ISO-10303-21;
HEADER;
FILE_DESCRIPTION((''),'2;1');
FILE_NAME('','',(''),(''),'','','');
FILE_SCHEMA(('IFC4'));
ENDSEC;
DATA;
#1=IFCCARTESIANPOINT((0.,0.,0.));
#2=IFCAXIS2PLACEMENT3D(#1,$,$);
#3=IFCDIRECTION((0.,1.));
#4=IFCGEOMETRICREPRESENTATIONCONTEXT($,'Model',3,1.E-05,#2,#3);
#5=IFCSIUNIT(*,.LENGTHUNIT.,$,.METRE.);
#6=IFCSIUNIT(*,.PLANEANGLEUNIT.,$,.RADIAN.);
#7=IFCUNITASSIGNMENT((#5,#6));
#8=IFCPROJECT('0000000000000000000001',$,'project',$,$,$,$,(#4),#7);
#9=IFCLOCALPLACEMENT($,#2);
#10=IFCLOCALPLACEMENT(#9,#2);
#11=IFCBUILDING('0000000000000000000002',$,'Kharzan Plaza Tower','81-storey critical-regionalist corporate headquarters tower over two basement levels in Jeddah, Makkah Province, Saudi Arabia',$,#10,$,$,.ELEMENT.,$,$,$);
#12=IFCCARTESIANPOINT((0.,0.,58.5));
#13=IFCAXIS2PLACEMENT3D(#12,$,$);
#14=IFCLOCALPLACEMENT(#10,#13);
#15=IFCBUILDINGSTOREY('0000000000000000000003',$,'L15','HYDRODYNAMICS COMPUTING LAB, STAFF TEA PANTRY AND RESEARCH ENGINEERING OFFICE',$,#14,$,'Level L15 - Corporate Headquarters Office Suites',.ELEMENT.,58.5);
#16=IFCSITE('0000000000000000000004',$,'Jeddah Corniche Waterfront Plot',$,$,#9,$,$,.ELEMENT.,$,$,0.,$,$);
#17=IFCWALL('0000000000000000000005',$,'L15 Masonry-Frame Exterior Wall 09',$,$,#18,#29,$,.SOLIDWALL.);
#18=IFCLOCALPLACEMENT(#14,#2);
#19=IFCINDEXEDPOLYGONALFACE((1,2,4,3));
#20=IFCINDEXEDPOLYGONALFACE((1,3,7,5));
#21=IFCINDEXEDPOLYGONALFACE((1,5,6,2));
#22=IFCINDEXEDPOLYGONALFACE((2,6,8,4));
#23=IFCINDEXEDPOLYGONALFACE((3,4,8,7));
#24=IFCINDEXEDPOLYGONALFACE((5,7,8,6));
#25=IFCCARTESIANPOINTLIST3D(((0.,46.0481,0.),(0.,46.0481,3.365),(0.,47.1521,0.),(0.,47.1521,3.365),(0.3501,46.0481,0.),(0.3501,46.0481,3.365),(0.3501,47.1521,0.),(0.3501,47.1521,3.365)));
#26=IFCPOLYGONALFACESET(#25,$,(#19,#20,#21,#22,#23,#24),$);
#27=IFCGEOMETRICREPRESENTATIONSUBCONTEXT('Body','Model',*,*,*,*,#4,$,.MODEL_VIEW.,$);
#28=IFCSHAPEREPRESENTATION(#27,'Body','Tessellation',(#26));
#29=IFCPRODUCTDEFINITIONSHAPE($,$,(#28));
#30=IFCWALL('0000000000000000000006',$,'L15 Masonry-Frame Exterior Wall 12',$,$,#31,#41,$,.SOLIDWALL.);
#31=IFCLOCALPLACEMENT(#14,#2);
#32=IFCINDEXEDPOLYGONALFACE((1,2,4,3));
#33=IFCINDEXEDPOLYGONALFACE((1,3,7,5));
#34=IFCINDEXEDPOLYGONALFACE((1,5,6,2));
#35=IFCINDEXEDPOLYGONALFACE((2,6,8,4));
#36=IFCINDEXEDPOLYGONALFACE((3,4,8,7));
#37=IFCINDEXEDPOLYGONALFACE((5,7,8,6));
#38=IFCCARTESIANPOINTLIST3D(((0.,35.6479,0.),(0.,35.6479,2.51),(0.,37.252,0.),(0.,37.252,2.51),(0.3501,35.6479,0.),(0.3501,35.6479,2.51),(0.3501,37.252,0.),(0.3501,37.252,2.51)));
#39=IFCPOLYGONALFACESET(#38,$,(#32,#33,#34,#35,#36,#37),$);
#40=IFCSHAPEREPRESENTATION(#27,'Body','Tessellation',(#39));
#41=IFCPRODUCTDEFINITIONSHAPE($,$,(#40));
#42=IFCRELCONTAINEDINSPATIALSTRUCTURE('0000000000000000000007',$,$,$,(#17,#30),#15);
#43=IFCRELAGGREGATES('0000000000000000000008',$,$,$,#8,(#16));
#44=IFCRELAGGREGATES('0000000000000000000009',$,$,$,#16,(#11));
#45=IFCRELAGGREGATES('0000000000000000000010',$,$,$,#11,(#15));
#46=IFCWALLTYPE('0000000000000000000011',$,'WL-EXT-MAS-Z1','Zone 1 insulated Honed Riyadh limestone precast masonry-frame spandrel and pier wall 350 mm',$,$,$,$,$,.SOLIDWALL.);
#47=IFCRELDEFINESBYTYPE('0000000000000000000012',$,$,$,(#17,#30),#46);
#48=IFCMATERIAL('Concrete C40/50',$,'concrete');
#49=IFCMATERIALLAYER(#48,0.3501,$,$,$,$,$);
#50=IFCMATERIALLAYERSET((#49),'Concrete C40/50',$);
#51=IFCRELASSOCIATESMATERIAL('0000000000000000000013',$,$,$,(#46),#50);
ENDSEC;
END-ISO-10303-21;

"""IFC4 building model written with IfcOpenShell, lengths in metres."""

from ifc_helpers import new_model, si_unit, direction, frame, frame_2d, origin, place, context, subcontext, project, spatial, rectangle, extrude, source, transform, mapped, material, layer, layer_set, type_object, element, save


model = new_model("IFC4")

# Units and contexts
model_context = context("Model", 3, precision=1e-05, world=origin(), true_north=direction((0.0, 1.0)))
body_context = subcontext(model_context, "Body", "Model", "MODEL_VIEW")
ifc_project = project(units=[si_unit("LENGTHUNIT", "METRE"), si_unit("PLANEANGLEUNIT", "RADIAN")], contexts=[model_context])

# Site, building, storey
site_placement = place(None, origin())
site = spatial("IfcSite", under=ifc_project, at=site_placement, Name="Jeddah Corniche Waterfront Plot", CompositionType="ELEMENT", RefElevation=0.0)
building_placement = place(site_placement, origin())
building = spatial("IfcBuilding", under=site, at=building_placement, Name="Kharzan Plaza Tower", Description="81-storey critical-regionalist corporate headquarters tower over two basement levels in Jeddah, Makkah Province, Saudi Arabia", CompositionType="ELEMENT")
storey_placement = place(building_placement, frame((0.0, 0.0, 58.5)))
storey = spatial("IfcBuildingStorey", under=building, at=storey_placement, Name="L15", Description="HYDRODYNAMICS COMPUTING LAB, STAFF TEA PANTRY AND RESEARCH ENGINEERING OFFICE", LongName="Level L15 - Corporate Headquarters Office Suites", CompositionType="ELEMENT", Elevation=58.5)

# Shared definitions
ifc_material_1 = material(Name="Concrete C40/50", Category="concrete")
ifc_layer_1 = layer(ifc_material_1, 0.3501)
ifc_layer_set_1 = layer_set([ifc_layer_1], Name="Concrete C40/50")
wall_type = type_object("IfcWallType", Name="WL-EXT-MAS-Z1", Description="Zone 1 insulated Honed Riyadh limestone precast masonry-frame spandrel and pier wall 350 mm", PredefinedType="SOLIDWALL", material=ifc_layer_set_1)

# Walls
shared_shape_1 = source(origin(), body_context, "Body", "SweptSolid", [
    extrude(rectangle(XDim=1.104, YDim=0.3501, at=frame_2d((0.552, 0.0))), origin(), (0.0, 0.0, 1.0), 3.365),
])
wall_1_placement = place(storey_placement, frame((0.175, 47.1521, 0.0), z_axis=(0.0, 0.0, 1.0), x_axis=(0.0, -1.0, 0.0)))
element("IfcWall", 1, at=wall_1_placement, inside=storey, type_object=wall_type, Name="L15 Masonry-Frame Exterior Wall 09", PredefinedType="SOLIDWALL", context=body_context, shape_type="MappedRepresentation", body=[
    mapped(shared_shape_1, transform((0.0, 0.0, 0.0), x_axis=(1.0, 0.0, 0.0), y_axis=(0.0, 1.0, 0.0), z_axis=(0.0, 0.0, 1.0))),
])
shared_shape_2 = source(origin(), body_context, "Body", "SweptSolid", [
    extrude(rectangle(XDim=1.604, YDim=0.3501, at=frame_2d((0.802, 0.0))), origin(), (0.0, 0.0, 1.0), 2.51),
])
wall_2_placement = place(storey_placement, frame((0.175, 37.252, 0.0), z_axis=(0.0, 0.0, 1.0), x_axis=(0.0, -1.0, 0.0)))
element("IfcWall", 2, at=wall_2_placement, inside=storey, type_object=wall_type, Name="L15 Masonry-Frame Exterior Wall 12", PredefinedType="SOLIDWALL", context=body_context, shape_type="MappedRepresentation", body=[
    mapped(shared_shape_2, transform((0.0, 0.0, 0.0), x_axis=(1.0, 0.0, 0.0), y_axis=(0.0, 1.0, 0.0), z_axis=(0.0, 0.0, 1.0))),
])

save(model, "model.ifc")
